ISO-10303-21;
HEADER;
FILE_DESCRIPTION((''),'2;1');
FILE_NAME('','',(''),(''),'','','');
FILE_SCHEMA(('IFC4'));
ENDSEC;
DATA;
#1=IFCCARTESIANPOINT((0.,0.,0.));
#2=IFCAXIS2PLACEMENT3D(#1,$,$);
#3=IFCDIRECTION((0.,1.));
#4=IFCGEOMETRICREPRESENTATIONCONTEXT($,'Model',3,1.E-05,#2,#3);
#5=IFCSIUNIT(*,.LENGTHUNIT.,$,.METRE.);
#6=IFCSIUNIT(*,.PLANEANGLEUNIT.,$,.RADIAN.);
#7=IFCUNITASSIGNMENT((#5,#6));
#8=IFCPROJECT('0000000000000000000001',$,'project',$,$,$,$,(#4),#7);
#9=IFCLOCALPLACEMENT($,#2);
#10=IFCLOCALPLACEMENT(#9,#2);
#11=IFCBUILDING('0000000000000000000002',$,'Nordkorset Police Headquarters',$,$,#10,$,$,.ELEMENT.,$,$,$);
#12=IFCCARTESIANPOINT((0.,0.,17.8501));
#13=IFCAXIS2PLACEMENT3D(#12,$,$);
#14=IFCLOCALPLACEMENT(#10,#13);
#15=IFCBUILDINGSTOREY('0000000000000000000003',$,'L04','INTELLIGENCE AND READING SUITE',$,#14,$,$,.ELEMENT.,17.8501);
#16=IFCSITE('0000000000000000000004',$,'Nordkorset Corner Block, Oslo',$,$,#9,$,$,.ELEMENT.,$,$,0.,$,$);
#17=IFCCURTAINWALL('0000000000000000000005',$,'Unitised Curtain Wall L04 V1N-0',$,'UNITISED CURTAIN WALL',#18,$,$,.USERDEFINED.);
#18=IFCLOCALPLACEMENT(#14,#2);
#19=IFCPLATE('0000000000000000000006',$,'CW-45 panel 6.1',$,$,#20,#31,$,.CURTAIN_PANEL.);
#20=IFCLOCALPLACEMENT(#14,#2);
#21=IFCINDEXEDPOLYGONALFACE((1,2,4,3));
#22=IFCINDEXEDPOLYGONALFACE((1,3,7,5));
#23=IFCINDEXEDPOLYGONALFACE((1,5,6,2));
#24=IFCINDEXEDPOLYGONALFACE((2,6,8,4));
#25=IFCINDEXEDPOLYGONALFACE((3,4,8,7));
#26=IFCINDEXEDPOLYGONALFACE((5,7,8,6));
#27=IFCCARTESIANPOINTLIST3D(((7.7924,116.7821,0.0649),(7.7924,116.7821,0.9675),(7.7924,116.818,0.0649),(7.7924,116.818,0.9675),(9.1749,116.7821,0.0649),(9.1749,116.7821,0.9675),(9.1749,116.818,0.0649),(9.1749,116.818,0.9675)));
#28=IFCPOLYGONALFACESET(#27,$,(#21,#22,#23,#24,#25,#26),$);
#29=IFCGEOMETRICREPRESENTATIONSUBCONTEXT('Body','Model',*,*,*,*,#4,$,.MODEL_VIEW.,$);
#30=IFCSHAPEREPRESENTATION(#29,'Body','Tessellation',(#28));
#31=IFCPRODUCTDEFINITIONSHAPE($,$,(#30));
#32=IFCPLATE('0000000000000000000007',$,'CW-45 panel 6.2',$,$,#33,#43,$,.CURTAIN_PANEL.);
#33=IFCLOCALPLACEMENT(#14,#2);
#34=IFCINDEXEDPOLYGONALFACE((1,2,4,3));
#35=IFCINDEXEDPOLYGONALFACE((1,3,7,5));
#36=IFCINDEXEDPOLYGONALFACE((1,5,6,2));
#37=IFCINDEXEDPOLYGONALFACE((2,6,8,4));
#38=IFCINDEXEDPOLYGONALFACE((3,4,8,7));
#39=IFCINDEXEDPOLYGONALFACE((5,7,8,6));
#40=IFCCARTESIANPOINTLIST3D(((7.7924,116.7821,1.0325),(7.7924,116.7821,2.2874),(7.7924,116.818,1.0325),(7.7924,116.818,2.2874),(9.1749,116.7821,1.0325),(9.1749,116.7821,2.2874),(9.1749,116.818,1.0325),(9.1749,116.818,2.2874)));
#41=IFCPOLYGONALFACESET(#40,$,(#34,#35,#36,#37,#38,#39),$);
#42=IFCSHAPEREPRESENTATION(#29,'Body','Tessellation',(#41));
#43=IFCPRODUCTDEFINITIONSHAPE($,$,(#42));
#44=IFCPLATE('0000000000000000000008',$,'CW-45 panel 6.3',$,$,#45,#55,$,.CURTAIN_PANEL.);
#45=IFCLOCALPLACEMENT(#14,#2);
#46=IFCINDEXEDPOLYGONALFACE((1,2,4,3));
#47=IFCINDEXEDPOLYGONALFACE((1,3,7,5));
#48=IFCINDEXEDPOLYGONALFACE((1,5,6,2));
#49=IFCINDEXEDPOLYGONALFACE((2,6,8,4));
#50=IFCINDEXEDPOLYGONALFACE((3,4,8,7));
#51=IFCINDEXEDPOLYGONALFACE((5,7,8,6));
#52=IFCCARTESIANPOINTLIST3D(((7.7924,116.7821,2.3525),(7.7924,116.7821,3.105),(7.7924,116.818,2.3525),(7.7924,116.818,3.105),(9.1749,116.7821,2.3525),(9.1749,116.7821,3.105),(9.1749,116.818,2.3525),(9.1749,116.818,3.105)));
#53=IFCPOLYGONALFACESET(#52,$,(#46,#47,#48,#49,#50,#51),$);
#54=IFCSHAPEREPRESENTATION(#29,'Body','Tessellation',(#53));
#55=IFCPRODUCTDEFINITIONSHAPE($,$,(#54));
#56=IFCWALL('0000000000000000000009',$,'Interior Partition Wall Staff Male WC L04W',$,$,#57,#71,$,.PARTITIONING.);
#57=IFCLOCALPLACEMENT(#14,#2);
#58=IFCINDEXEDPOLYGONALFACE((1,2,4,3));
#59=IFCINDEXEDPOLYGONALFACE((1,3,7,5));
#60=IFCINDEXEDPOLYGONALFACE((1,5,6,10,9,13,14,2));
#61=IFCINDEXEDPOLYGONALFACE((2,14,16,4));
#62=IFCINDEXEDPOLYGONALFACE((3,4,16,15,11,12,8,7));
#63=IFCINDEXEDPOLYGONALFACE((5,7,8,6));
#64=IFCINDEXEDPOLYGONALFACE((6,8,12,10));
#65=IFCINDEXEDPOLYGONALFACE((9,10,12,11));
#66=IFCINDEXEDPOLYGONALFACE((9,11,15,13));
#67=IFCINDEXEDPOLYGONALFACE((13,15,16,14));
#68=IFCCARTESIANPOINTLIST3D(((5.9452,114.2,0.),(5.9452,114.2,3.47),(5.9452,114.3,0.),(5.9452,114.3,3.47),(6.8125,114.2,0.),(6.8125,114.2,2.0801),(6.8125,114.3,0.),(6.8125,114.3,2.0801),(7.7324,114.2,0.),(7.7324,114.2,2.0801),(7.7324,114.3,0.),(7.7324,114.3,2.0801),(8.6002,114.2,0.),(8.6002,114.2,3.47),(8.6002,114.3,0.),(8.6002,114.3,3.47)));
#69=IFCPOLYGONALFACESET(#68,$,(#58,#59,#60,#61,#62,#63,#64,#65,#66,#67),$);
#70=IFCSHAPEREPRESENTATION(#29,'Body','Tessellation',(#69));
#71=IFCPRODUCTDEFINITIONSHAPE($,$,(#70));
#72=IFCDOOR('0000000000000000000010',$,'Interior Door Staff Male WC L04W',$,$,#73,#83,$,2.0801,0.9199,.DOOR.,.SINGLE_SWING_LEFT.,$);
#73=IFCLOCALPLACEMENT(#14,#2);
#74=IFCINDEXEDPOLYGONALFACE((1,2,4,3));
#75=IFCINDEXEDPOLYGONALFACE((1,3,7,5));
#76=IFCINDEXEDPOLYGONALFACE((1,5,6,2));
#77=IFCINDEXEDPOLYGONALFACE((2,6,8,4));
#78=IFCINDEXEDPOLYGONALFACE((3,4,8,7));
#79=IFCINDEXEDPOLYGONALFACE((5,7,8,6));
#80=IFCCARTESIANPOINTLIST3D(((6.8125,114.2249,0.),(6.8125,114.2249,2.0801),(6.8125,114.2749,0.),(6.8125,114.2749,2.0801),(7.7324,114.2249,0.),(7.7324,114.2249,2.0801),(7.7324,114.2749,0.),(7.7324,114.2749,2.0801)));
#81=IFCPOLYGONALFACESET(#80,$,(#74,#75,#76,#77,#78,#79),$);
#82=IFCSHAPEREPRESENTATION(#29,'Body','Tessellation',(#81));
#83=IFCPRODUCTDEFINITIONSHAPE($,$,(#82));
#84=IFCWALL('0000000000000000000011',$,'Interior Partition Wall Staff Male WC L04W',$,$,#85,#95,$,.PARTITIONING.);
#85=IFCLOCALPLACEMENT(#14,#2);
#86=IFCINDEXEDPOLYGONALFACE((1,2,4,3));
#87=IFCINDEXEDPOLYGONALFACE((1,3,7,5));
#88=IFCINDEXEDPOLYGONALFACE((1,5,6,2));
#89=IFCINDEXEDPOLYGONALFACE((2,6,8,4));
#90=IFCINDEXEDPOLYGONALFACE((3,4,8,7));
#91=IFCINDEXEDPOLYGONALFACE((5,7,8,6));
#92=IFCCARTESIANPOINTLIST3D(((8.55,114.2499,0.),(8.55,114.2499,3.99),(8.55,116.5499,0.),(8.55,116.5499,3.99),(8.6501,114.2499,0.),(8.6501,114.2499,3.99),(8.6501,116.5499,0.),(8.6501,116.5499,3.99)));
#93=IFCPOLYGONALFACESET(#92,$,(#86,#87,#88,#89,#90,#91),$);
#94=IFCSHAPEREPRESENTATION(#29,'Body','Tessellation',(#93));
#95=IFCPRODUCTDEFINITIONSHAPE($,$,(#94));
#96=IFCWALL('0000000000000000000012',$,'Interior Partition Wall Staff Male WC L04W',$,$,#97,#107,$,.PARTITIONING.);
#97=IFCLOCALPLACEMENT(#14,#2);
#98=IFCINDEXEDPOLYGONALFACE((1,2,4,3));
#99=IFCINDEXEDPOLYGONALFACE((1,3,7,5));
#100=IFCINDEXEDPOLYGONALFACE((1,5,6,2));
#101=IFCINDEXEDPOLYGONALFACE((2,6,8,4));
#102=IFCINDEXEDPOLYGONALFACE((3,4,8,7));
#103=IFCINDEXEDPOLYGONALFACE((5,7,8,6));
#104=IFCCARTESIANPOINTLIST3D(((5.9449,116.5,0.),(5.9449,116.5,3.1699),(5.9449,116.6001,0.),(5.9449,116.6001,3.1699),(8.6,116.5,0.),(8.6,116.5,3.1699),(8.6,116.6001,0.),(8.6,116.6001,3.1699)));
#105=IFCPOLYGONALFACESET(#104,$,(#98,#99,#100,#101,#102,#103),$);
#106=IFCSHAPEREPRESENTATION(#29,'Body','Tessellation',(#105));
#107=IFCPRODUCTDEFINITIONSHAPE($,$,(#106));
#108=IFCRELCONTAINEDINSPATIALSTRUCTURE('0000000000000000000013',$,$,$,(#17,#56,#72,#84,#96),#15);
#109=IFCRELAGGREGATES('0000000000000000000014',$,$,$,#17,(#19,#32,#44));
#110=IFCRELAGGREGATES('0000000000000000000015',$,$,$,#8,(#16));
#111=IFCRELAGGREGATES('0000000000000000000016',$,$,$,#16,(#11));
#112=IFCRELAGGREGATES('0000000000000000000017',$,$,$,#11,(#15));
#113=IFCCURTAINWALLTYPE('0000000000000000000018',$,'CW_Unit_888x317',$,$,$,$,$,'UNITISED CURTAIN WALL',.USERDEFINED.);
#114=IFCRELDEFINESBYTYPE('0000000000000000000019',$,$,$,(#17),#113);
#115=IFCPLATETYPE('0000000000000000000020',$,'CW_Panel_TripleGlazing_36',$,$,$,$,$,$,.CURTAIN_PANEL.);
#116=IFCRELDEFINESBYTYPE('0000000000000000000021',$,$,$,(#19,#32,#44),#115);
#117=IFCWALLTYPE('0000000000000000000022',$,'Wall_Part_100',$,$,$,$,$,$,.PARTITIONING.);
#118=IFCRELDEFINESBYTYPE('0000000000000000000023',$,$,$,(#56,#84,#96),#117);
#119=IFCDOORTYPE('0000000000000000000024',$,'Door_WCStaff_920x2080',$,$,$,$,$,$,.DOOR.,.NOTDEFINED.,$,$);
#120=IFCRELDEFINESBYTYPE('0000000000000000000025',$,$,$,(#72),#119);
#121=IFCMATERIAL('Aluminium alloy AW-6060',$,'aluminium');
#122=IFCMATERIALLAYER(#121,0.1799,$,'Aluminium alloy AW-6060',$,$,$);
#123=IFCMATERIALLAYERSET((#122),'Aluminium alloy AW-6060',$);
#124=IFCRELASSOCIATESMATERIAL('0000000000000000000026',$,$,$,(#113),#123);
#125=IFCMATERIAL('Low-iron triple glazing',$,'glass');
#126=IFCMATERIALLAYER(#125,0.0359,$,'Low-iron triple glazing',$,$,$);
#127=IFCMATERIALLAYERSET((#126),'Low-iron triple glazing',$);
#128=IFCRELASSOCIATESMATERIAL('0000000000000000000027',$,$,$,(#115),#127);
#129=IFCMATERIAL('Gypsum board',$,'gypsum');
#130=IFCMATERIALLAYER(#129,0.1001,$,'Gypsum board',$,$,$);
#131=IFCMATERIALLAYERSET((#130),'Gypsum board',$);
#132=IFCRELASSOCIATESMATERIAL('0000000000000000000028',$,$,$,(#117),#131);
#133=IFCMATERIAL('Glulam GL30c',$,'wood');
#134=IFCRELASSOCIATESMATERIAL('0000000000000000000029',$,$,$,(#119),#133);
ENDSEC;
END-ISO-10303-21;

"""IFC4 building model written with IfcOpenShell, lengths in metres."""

from ifc_helpers import new_model, si_unit, direction, frame, frame_2d, origin, origin_2d, place, context, subcontext, project, spatial, rectangle, extrude, material, layer, layer_set, type_object, element, fill, aggregate, save


model = new_model("IFC4")

# Units and contexts
model_context = context("Model", 3, precision=1e-05, world=origin(), true_north=direction((0.0, 1.0)))
body_context = subcontext(model_context, "Body", "Model", "MODEL_VIEW")
ifc_project = project(units=[si_unit("LENGTHUNIT", "METRE"), si_unit("PLANEANGLEUNIT", "RADIAN")], contexts=[model_context])

# Site, building, storey
site_placement = place(None, origin())
site = spatial("IfcSite", under=ifc_project, at=site_placement, Name="Nordkorset Corner Block, Oslo", CompositionType="ELEMENT", RefElevation=0.0)
building_placement = place(site_placement, origin())
building = spatial("IfcBuilding", under=site, at=building_placement, Name="Nordkorset Police Headquarters", CompositionType="ELEMENT")
storey_placement = place(building_placement, frame((0.0, 0.0, 17.8501)))
storey = spatial("IfcBuildingStorey", under=building, at=storey_placement, Name="L04", Description="INTELLIGENCE AND READING SUITE", CompositionType="ELEMENT", Elevation=17.8501)

# Curtain wall, plates
ifc_material_1 = material(Name="Aluminium alloy AW-6060", Category="aluminium")
ifc_layer_1 = layer(ifc_material_1, 0.1799, Name="Aluminium alloy AW-6060")
ifc_layer_set_1 = layer_set([ifc_layer_1], Name="Aluminium alloy AW-6060")
curtain_wall_type = type_object("IfcCurtainWallType", Name="CW_Unit_888x317", ElementType="UNITISED CURTAIN WALL", PredefinedType="USERDEFINED", material=ifc_layer_set_1)
curtain_wall_placement = place(storey_placement, origin())
curtain_wall = element("IfcCurtainWall", 1, at=curtain_wall_placement, inside=storey, type_object=curtain_wall_type, Name="Unitised Curtain Wall L04 V1N-0", ObjectType="UNITISED CURTAIN WALL", PredefinedType="USERDEFINED")
ifc_material_2 = material(Name="Low-iron triple glazing", Category="glass")
ifc_layer_2 = layer(ifc_material_2, 0.0359, Name="Low-iron triple glazing")
ifc_layer_set_2 = layer_set([ifc_layer_2], Name="Low-iron triple glazing")
plate_type = type_object("IfcPlateType", Name="CW_Panel_TripleGlazing_36", PredefinedType="CURTAIN_PANEL", material=ifc_layer_set_2)
plate_1_placement = place(storey_placement, frame((8.4836, 116.8, 0.0649), z_axis=(0.0, 0.0, 1.0), x_axis=(1.0, 0.0, 0.0)))
plate_1 = element("IfcPlate", 2, at=plate_1_placement, type_object=plate_type, Name="CW-45 panel 6.1", PredefinedType="CURTAIN_PANEL", context=body_context, shape_type="SweptSolid", body=[
    extrude(rectangle(XDim=1.3826, YDim=0.0359, at=origin_2d()), origin(), (0.0, 0.0, 1.0), 0.9026),
])
plate_2_placement = place(storey_placement, frame((8.4836, 116.8, 1.0325), z_axis=(0.0, 0.0, 1.0), x_axis=(1.0, 0.0, 0.0)))
plate_2 = element("IfcPlate", 3, at=plate_2_placement, type_object=plate_type, Name="CW-45 panel 6.2", PredefinedType="CURTAIN_PANEL", context=body_context, shape_type="SweptSolid", body=[
    extrude(rectangle(XDim=1.3826, YDim=0.0359, at=origin_2d()), origin(), (0.0, 0.0, 1.0), 1.2549),
])
plate_3_placement = place(storey_placement, frame((8.4836, 116.8, 2.3525), z_axis=(0.0, 0.0, 1.0), x_axis=(1.0, 0.0, 0.0)))
plate_3 = element("IfcPlate", 4, at=plate_3_placement, type_object=plate_type, Name="CW-45 panel 6.3", PredefinedType="CURTAIN_PANEL", context=body_context, shape_type="SweptSolid", body=[
    extrude(rectangle(XDim=1.3826, YDim=0.0359, at=origin_2d()), origin(), (0.0, 0.0, 1.0), 0.7524),
])
aggregate(curtain_wall, [plate_1, plate_2, plate_3])

# Wall, opening, door
ifc_material_3 = material(Name="Gypsum board", Category="gypsum")
ifc_layer_3 = layer(ifc_material_3, 0.1001, Name="Gypsum board")
ifc_layer_set_3 = layer_set([ifc_layer_3], Name="Gypsum board")
wall_type = type_object("IfcWallType", Name="Wall_Part_100", PredefinedType="PARTITIONING", material=ifc_layer_set_3)
wall_1_placement = place(storey_placement, frame((5.9451, 114.25, 0.0), z_axis=(0.0, 0.0, 1.0), x_axis=(1.0, 0.0, 0.0)))
wall_1 = element("IfcWall", 5, at=wall_1_placement, inside=storey, type_object=wall_type, Name="Interior Partition Wall Staff Male WC L04W", PredefinedType="PARTITIONING", context=body_context, shape_type="SweptSolid", body=[
    extrude(rectangle(XDim=2.655, YDim=0.1001, at=frame_2d((1.3276, 0.0))), origin(), (0.0, 0.0, 1.0), 3.47),
])
opening_placement = place(wall_1_placement, frame((0.8674, 0.0, 0.0)))
opening = element("IfcOpeningElement", 6, at=opening_placement, cuts=wall_1, PredefinedType="OPENING", context=body_context, shape_type="SweptSolid", body=[
    extrude(rectangle(XDim=0.9199, YDim=2.0801, at=frame_2d((0.46, 1.04))), frame((0.0, 0.0601, 0.0), z_axis=(0.0, -1.0, 0.0), x_axis=(1.0, 0.0, 0.0)), (0.0, 0.0, 1.0), 0.1201),
])
ifc_material_4 = material(Name="Glulam GL30c", Category="wood")
door_type = type_object("IfcDoorType", Name="Door_WCStaff_920x2080", OperationType="NOTDEFINED", PredefinedType="DOOR", material=ifc_material_4)
door_placement = place(opening_placement, origin())
door = element("IfcDoor", 7, at=door_placement, inside=storey, type_object=door_type, Name="Interior Door Staff Male WC L04W", OperationType="SINGLE_SWING_LEFT", OverallHeight=2.0801, OverallWidth=0.9199, PredefinedType="DOOR", context=body_context, shape_type="SweptSolid", body=[
    extrude(rectangle(XDim=0.9199, YDim=2.0801, at=frame_2d((0.46, 1.04))), frame((0.0, 0.0249, 0.0), z_axis=(0.0, -1.0, 0.0), x_axis=(1.0, 0.0, 0.0)), (0.0, 0.0, 1.0), 0.05),
])
fill(opening, door)

# Walls
wall_2_placement = place(storey_placement, frame((8.6001, 114.25, 0.0), z_axis=(0.0, 0.0, 1.0), x_axis=(0.0, 1.0, 0.0)))
element("IfcWall", 8, at=wall_2_placement, inside=storey, type_object=wall_type, Name="Interior Partition Wall Staff Male WC L04W", PredefinedType="PARTITIONING", context=body_context, shape_type="SweptSolid", body=[
    extrude(rectangle(XDim=2.3, YDim=0.1001, at=frame_2d((1.1499, 0.0))), origin(), (0.0, 0.0, 1.0), 3.99),
])
wall_3_placement = place(storey_placement, frame((8.6001, 116.55, 0.0), z_axis=(0.0, 0.0, 1.0), x_axis=(-1.0, 0.0, 0.0)))
element("IfcWall", 9, at=wall_3_placement, inside=storey, type_object=wall_type, Name="Interior Partition Wall Staff Male WC L04W", PredefinedType="PARTITIONING", context=body_context, shape_type="SweptSolid", body=[
    extrude(rectangle(XDim=2.655, YDim=0.1001, at=frame_2d((1.3276, 0.0))), origin(), (0.0, 0.0, 1.0), 3.1699),
])

save(model, "model.ifc")
